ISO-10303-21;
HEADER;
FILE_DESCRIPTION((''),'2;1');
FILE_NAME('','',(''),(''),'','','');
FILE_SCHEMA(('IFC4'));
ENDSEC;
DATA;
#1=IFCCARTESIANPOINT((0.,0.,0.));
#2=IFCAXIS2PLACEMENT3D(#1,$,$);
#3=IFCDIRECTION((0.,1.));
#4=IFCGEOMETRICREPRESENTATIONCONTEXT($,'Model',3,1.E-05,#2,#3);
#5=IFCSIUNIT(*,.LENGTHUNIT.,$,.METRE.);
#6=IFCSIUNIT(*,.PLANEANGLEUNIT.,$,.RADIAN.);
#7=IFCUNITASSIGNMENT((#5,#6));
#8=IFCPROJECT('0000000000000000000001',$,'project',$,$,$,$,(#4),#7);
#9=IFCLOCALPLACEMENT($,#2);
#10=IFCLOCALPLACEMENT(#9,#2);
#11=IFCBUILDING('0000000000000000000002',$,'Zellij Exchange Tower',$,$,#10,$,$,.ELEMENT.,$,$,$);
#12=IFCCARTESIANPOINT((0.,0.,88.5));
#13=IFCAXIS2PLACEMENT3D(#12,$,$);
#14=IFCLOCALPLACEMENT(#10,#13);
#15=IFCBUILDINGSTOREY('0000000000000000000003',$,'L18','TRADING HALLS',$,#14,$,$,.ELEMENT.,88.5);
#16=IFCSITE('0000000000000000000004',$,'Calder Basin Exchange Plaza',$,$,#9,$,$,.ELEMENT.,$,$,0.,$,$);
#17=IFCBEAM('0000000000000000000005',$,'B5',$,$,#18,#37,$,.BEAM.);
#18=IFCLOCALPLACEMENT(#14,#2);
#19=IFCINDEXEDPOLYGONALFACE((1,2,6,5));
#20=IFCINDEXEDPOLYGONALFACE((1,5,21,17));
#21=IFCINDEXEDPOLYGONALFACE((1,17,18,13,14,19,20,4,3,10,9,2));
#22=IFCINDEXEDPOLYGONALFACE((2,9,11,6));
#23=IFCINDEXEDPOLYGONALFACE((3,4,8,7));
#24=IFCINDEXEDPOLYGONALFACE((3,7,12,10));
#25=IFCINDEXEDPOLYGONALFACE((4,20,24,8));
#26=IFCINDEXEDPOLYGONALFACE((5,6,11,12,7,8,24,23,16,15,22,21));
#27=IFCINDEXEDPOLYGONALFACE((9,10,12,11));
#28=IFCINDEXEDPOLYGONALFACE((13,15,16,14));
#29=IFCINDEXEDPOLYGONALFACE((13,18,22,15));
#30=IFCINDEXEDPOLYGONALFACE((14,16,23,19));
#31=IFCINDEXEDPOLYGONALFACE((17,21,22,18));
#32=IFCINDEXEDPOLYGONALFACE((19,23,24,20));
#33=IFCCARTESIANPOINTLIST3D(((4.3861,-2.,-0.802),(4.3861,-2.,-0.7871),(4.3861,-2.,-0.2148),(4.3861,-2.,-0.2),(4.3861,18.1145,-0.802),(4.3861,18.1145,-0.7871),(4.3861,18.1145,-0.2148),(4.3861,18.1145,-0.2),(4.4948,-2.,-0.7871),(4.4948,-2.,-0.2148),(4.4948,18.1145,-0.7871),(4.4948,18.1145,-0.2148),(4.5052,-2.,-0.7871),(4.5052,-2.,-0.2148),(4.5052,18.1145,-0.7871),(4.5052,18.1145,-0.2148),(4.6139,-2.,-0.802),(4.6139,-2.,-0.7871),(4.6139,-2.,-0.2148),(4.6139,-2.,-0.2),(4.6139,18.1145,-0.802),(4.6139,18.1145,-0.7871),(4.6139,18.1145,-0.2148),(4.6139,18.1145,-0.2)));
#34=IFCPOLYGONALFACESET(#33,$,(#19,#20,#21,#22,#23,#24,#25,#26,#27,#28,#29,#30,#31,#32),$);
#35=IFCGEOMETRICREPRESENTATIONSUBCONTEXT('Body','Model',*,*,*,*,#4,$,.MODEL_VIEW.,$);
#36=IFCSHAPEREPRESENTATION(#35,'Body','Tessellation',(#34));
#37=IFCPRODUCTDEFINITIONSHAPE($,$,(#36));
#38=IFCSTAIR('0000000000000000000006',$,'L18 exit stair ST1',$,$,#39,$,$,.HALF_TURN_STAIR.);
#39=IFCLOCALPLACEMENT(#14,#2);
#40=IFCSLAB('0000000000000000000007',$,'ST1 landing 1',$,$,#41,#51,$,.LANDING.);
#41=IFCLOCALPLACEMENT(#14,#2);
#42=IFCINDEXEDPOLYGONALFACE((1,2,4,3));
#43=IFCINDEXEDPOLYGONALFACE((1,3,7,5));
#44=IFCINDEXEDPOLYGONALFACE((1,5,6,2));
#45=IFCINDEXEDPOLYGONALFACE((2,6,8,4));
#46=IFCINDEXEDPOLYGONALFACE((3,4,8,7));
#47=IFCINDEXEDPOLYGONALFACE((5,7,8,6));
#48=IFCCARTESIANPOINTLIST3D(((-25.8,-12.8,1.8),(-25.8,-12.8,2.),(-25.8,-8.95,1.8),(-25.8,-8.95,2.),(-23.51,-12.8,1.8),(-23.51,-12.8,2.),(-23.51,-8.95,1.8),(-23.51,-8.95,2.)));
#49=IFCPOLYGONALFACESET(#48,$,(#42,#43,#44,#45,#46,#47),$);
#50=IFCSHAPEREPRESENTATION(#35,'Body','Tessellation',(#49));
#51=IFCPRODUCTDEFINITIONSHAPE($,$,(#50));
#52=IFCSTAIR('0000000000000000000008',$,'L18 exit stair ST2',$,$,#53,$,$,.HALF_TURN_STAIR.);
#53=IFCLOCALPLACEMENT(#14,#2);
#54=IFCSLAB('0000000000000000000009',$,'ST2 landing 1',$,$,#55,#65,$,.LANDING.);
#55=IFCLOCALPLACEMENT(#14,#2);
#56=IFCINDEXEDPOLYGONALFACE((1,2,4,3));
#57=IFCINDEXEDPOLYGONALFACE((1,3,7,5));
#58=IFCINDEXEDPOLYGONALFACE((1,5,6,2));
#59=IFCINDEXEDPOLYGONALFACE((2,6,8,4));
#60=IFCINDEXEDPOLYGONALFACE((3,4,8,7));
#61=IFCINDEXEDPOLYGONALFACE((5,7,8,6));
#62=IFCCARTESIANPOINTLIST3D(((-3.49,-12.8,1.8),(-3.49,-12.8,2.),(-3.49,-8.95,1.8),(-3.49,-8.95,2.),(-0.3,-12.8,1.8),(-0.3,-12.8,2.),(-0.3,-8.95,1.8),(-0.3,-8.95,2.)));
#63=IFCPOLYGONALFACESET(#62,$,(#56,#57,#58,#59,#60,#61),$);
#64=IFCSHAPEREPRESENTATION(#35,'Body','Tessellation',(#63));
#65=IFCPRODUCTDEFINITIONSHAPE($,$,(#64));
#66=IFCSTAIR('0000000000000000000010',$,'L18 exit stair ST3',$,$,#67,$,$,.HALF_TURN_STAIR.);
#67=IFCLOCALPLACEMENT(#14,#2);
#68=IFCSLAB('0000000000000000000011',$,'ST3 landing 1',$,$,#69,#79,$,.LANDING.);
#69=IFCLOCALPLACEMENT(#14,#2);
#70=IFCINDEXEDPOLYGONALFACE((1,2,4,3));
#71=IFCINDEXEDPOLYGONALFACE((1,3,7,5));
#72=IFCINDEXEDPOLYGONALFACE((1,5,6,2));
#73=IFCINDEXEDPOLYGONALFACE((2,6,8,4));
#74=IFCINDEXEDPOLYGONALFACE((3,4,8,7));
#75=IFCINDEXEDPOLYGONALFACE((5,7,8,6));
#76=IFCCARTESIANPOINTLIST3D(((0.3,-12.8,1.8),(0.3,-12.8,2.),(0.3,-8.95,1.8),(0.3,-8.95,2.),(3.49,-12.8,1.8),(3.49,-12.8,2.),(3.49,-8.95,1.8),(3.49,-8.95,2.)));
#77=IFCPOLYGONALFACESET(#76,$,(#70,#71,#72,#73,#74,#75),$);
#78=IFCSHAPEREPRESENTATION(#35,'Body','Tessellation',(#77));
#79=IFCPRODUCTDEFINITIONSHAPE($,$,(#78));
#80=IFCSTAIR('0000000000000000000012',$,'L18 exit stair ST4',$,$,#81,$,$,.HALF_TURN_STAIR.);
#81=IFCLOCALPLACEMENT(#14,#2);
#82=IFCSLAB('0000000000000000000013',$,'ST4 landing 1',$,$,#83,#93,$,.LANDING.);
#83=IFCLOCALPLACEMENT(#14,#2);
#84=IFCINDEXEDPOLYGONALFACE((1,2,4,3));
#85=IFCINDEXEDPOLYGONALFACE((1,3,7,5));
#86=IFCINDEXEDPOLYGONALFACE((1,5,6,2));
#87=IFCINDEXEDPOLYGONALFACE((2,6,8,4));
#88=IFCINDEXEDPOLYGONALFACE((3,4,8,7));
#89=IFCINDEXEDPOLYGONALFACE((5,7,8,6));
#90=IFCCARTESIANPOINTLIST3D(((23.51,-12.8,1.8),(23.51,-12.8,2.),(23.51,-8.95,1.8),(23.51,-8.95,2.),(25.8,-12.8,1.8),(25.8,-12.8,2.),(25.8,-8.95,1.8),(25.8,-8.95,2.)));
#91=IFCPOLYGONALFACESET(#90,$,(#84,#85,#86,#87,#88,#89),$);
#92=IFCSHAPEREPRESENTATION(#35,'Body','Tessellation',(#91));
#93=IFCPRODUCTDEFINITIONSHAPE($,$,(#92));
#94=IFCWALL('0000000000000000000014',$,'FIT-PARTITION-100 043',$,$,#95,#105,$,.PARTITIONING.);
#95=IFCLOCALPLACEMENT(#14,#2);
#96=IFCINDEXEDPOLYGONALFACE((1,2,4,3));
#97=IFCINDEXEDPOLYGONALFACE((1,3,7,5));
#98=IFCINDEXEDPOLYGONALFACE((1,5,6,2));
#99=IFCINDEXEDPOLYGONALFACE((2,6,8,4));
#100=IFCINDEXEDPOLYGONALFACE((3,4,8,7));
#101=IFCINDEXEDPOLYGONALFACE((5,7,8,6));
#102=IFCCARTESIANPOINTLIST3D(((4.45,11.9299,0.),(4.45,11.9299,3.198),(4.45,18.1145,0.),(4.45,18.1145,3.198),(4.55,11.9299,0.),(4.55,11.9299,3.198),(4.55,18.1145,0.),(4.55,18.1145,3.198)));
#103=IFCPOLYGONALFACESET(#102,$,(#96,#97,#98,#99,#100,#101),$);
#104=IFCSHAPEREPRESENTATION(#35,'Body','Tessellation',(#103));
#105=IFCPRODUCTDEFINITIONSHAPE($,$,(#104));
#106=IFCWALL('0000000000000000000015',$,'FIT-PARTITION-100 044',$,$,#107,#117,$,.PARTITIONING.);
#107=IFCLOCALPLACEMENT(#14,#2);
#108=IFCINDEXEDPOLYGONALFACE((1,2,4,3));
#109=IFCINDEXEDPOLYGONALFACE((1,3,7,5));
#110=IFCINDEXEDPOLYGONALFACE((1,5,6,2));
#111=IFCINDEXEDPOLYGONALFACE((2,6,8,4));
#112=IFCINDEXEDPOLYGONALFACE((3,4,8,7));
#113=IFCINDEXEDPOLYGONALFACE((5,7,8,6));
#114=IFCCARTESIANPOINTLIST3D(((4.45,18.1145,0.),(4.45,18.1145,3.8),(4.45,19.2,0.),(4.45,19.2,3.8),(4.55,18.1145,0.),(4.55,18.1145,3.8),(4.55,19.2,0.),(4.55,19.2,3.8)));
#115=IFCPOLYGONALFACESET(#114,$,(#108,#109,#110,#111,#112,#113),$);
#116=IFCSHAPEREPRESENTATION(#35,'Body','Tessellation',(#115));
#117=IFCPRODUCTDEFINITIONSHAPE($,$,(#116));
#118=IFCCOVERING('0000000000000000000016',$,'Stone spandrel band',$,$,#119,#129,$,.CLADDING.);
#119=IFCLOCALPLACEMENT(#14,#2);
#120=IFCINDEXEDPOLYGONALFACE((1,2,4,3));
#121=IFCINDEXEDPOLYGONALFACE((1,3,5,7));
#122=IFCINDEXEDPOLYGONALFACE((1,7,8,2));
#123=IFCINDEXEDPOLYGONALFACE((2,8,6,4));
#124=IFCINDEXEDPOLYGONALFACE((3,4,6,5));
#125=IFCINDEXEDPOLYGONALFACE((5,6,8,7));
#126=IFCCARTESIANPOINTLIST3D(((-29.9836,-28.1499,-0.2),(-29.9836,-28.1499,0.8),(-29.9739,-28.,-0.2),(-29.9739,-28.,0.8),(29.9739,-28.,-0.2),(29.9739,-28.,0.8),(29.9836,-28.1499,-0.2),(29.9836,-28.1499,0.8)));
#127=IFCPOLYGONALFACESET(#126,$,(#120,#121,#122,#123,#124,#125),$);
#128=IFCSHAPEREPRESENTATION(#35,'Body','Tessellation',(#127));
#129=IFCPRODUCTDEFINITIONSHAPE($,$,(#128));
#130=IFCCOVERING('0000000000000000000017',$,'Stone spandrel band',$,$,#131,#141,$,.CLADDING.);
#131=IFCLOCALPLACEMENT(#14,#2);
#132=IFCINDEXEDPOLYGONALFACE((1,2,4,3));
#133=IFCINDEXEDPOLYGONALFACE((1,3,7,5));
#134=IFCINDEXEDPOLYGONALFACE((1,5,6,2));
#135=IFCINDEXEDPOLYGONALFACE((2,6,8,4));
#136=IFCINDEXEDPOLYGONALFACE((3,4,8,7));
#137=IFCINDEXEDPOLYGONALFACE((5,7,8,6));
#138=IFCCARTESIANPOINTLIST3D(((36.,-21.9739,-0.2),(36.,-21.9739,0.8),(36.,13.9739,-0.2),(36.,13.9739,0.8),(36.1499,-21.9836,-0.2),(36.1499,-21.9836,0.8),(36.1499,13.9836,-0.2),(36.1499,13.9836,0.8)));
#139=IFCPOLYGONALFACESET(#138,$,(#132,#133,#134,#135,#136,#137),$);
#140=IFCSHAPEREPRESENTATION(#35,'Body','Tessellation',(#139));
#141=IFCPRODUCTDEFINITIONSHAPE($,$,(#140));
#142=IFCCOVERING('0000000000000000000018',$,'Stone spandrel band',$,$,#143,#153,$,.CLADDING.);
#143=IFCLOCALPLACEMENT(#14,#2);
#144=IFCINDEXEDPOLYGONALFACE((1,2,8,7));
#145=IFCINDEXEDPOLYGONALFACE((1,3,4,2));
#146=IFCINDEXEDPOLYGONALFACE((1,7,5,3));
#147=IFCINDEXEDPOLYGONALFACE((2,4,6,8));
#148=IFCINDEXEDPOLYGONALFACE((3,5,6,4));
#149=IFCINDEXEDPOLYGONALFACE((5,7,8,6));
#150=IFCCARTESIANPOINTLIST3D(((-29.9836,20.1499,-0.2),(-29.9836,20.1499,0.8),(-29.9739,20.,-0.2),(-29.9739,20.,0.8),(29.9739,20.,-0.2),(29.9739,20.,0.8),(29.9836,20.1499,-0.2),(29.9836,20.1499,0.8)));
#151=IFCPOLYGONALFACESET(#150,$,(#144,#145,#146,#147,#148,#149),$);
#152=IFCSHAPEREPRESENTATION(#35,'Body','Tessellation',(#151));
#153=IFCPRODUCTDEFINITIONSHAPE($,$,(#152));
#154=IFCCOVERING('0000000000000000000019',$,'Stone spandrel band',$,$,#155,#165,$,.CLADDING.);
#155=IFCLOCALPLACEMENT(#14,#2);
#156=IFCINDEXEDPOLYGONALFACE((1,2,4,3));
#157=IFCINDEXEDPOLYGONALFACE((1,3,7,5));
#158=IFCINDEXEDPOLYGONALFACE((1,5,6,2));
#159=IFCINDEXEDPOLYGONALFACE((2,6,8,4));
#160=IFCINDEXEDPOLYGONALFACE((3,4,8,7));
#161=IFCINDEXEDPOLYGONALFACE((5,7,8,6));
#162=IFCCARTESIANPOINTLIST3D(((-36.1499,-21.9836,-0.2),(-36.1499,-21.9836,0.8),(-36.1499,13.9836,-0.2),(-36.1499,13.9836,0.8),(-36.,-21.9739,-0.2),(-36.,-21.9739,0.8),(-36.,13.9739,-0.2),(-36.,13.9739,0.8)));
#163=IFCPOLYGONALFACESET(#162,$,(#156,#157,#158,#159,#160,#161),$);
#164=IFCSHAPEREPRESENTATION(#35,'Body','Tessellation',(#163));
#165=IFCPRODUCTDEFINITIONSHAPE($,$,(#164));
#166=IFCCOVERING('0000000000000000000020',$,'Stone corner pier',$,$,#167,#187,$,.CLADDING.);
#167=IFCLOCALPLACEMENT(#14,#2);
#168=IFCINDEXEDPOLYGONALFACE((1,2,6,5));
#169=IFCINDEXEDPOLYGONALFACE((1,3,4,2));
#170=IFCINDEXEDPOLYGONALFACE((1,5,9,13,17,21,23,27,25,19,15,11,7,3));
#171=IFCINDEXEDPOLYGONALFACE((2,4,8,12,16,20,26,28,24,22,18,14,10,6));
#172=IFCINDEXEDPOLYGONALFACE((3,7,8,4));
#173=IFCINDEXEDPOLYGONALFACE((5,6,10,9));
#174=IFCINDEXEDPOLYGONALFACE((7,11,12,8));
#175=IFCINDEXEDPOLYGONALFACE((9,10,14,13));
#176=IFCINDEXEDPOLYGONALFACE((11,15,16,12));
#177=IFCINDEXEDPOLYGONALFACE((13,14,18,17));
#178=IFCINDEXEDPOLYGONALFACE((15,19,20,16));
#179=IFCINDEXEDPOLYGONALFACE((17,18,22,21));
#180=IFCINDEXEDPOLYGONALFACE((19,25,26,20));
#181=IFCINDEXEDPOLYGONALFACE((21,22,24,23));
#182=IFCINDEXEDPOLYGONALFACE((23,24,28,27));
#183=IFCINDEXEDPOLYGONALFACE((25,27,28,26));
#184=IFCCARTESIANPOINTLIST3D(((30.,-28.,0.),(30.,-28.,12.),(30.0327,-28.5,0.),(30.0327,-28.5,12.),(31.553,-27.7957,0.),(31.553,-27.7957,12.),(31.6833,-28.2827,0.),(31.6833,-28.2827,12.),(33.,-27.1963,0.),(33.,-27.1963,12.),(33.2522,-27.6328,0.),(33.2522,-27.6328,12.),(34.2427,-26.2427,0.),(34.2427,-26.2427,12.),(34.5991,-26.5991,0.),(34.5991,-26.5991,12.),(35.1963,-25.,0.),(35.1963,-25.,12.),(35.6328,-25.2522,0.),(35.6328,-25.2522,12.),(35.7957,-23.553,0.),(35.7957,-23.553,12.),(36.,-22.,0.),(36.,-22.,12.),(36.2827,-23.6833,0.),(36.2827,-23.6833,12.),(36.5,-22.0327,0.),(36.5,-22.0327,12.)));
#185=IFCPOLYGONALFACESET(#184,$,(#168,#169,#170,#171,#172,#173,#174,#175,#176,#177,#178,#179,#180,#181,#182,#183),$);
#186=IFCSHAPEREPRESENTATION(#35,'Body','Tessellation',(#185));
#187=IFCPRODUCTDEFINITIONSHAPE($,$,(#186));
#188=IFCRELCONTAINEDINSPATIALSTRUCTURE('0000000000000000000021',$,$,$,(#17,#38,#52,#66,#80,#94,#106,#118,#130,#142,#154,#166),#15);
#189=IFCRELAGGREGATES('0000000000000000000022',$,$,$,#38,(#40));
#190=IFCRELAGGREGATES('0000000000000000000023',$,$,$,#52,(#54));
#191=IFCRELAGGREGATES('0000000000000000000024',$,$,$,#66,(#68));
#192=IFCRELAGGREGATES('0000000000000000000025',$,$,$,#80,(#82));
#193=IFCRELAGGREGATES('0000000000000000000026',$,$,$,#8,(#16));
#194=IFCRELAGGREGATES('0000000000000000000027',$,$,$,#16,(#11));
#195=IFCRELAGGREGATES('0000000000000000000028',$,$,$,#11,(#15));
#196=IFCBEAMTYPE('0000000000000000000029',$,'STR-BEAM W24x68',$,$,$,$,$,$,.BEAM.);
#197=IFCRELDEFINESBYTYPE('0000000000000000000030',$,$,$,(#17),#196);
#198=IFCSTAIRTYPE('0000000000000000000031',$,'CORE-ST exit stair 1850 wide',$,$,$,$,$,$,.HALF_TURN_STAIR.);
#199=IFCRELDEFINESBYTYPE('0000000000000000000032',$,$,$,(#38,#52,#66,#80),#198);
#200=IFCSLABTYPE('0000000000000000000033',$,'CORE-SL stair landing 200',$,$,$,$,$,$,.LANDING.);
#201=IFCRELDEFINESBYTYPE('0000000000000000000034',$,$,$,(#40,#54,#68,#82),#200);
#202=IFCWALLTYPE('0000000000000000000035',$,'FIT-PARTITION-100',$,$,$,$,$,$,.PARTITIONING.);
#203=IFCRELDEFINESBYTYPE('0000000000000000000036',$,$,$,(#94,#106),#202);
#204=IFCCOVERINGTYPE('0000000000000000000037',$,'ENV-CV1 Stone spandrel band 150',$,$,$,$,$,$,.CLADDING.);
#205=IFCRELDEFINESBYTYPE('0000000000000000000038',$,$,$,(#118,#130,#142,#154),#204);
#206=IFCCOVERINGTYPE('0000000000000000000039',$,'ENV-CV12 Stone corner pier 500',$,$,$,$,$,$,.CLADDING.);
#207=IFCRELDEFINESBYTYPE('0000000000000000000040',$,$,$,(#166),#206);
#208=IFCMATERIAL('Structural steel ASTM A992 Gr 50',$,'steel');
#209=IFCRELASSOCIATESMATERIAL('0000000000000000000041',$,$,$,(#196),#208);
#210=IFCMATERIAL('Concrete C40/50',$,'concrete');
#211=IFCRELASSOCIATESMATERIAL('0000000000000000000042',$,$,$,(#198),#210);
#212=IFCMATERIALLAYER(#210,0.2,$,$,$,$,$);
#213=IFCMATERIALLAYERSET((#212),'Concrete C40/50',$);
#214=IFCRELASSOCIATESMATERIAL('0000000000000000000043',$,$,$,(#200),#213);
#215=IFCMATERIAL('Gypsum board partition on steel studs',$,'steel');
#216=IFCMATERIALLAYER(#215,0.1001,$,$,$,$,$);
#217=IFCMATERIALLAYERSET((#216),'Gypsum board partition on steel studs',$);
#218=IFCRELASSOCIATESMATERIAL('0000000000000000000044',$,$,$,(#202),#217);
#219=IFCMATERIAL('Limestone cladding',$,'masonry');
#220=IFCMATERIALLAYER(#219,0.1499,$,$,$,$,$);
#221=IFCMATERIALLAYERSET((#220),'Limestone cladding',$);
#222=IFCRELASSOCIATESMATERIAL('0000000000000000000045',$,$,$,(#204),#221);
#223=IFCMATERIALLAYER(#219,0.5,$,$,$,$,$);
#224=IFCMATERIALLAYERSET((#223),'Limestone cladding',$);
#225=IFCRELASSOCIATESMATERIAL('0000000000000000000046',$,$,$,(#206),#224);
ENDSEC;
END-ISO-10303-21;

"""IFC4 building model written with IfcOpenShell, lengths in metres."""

from ifc_helpers import new_model, si_unit, direction, frame, frame_2d, origin, origin_2d, place, context, subcontext, project, spatial, polyline, rectangle, i_section, outline, extrude, material, layer, layer_set, material_profile, profile_set, type_object, element, aggregate, save


model = new_model("IFC4")

# Units and contexts
model_context = context("Model", 3, precision=1e-05, world=origin(), true_north=direction((0.0, 1.0)))
body_context = subcontext(model_context, "Body", "Model", "MODEL_VIEW")
ifc_project = project(units=[si_unit("LENGTHUNIT", "METRE"), si_unit("PLANEANGLEUNIT", "RADIAN")], contexts=[model_context])

# Site, building, storey
site_placement = place(None, origin())
site = spatial("IfcSite", under=ifc_project, at=site_placement, Name="Calder Basin Exchange Plaza", CompositionType="ELEMENT", RefElevation=0.0)
building_placement = place(site_placement, origin())
building = spatial("IfcBuilding", under=site, at=building_placement, Name="Zellij Exchange Tower", CompositionType="ELEMENT")
storey_placement = place(building_placement, frame((0.0, 0.0, 88.5)))
storey = spatial("IfcBuildingStorey", under=building, at=storey_placement, Name="L18", Description="TRADING HALLS", CompositionType="ELEMENT", Elevation=88.5)

# Beam
ifc_material_1 = material(Name="Structural steel ASTM A992 Gr 50", Category="steel")
ifc_material_profile = material_profile(ifc_material_1, i_section(OverallWidth=0.2278, OverallDepth=0.6021, WebThickness=0.0105, FlangeThickness=0.0149, at=origin_2d()), Name="W24x68")
ifc_profile_set = profile_set([ifc_material_profile], Name="Structural steel ASTM A992 Gr 50")
beam_type = type_object("IfcBeamType", Name="STR-BEAM W24x68", PredefinedType="BEAM", material=ifc_profile_set)
beam_placement = place(storey_placement, frame((4.5, -2.0, -0.501), z_axis=(0.0, 1.0, 0.0), x_axis=(-1.0, 0.0, 0.0)))
element("IfcBeam", 1, at=beam_placement, inside=storey, type_object=beam_type, Name="B5", PredefinedType="BEAM", context=body_context, shape_type="SweptSolid", body=[
    extrude(i_section(OverallWidth=0.2278, OverallDepth=0.6021, WebThickness=0.0105, FlangeThickness=0.0149, at=origin_2d()), origin(), (0.0, 0.0, 1.0), 20.1145),
])

# Stairs, slabs
ifc_material_2 = material(Name="Concrete C40/50", Category="concrete")
stair_type = type_object("IfcStairType", Name="CORE-ST exit stair 1850 wide", PredefinedType="HALF_TURN_STAIR", material=ifc_material_2)
stair_1_placement = place(storey_placement, origin())
stair_1 = element("IfcStair", 2, at=stair_1_placement, inside=storey, type_object=stair_type, Name="L18 exit stair ST1", PredefinedType="HALF_TURN_STAIR")
ifc_layer_1 = layer(ifc_material_2, 0.2)
ifc_layer_set_1 = layer_set([ifc_layer_1], Name="Concrete C40/50")
slab_type = type_object("IfcSlabType", Name="CORE-SL stair landing 200", PredefinedType="LANDING", material=ifc_layer_set_1)
slab_1_placement = place(storey_placement, frame((0.0, 0.0, 1.8)))
slab_1 = element("IfcSlab", 3, at=slab_1_placement, type_object=slab_type, Name="ST1 landing 1", PredefinedType="LANDING", context=body_context, shape_type="SweptSolid", body=[
    extrude(outline(polyline([(-23.51, -8.95), (-25.8, -8.95), (-25.8, -12.8), (-23.51, -12.8), (-23.51, -8.95)])), origin(), (0.0, 0.0, 1.0), 0.2),
])
aggregate(stair_1, [slab_1])
stair_2_placement = place(storey_placement, origin())
stair_2 = element("IfcStair", 4, at=stair_2_placement, inside=storey, type_object=stair_type, Name="L18 exit stair ST2", PredefinedType="HALF_TURN_STAIR")
slab_2_placement = place(storey_placement, frame((0.0, 0.0, 1.8)))
slab_2 = element("IfcSlab", 5, at=slab_2_placement, type_object=slab_type, Name="ST2 landing 1", PredefinedType="LANDING", context=body_context, shape_type="SweptSolid", body=[
    extrude(outline(polyline([(-3.49, -12.8), (-0.3, -12.8), (-0.3, -8.95), (-3.49, -8.95), (-3.49, -12.8)])), origin(), (0.0, 0.0, 1.0), 0.2),
])
aggregate(stair_2, [slab_2])
stair_3_placement = place(storey_placement, origin())
stair_3 = element("IfcStair", 6, at=stair_3_placement, inside=storey, type_object=stair_type, Name="L18 exit stair ST3", PredefinedType="HALF_TURN_STAIR")
slab_3_placement = place(storey_placement, frame((0.0, 0.0, 1.8)))
slab_3 = element("IfcSlab", 7, at=slab_3_placement, type_object=slab_type, Name="ST3 landing 1", PredefinedType="LANDING", context=body_context, shape_type="SweptSolid", body=[
    extrude(outline(polyline([(3.49, -8.95), (0.3, -8.95), (0.3, -12.8), (3.49, -12.8), (3.49, -8.95)])), origin(), (0.0, 0.0, 1.0), 0.2),
])
aggregate(stair_3, [slab_3])
stair_4_placement = place(storey_placement, origin())
stair_4 = element("IfcStair", 8, at=stair_4_placement, inside=storey, type_object=stair_type, Name="L18 exit stair ST4", PredefinedType="HALF_TURN_STAIR")
slab_4_placement = place(storey_placement, frame((0.0, 0.0, 1.8)))
slab_4 = element("IfcSlab", 9, at=slab_4_placement, type_object=slab_type, Name="ST4 landing 1", PredefinedType="LANDING", context=body_context, shape_type="SweptSolid", body=[
    extrude(outline(polyline([(23.51, -12.8), (25.8, -12.8), (25.8, -8.95), (23.51, -8.95), (23.51, -12.8)])), origin(), (0.0, 0.0, 1.0), 0.2),
])
aggregate(stair_4, [slab_4])

# Walls
ifc_material_3 = material(Name="Gypsum board partition on steel studs", Category="steel")
ifc_layer_2 = layer(ifc_material_3, 0.1001)
ifc_layer_set_2 = layer_set([ifc_layer_2], Name="Gypsum board partition on steel studs")
wall_type = type_object("IfcWallType", Name="FIT-PARTITION-100", PredefinedType="PARTITIONING", material=ifc_layer_set_2)
wall_1_placement = place(storey_placement, frame((4.5, 11.9299, 0.0), z_axis=(0.0, 0.0, 1.0), x_axis=(0.0, 1.0, 0.0)))
element("IfcWall", 10, at=wall_1_placement, inside=storey, type_object=wall_type, Name="FIT-PARTITION-100 043", PredefinedType="PARTITIONING", context=body_context, shape_type="SweptSolid", body=[
    extrude(rectangle(XDim=6.1846, YDim=0.1001, at=frame_2d((3.0923, 0.0))), origin(), (0.0, 0.0, 1.0), 3.198),
])
wall_2_placement = place(storey_placement, frame((4.5, 18.1145, 0.0), z_axis=(0.0, 0.0, 1.0), x_axis=(0.0, 1.0, 0.0)))
element("IfcWall", 11, at=wall_2_placement, inside=storey, type_object=wall_type, Name="FIT-PARTITION-100 044", PredefinedType="PARTITIONING", context=body_context, shape_type="SweptSolid", body=[
    extrude(rectangle(XDim=1.0854, YDim=0.1001, at=frame_2d((0.5427, 0.0))), origin(), (0.0, 0.0, 1.0), 3.8),
])

# Coverings
ifc_material_4 = material(Name="Limestone cladding", Category="masonry")
ifc_layer_3 = layer(ifc_material_4, 0.1499)
ifc_layer_set_3 = layer_set([ifc_layer_3], Name="Limestone cladding")
covering_type_1 = type_object("IfcCoveringType", Name="ENV-CV1 Stone spandrel band 150", PredefinedType="CLADDING", material=ifc_layer_set_3)
covering_1_placement = place(storey_placement, frame((0.0, 0.0, -0.2)))
element("IfcCovering", 12, at=covering_1_placement, inside=storey, type_object=covering_type_1, Name="Stone spandrel band", PredefinedType="CLADDING", context=body_context, shape_type="SweptSolid", body=[
    extrude(outline(polyline([(-29.9739, -28.0), (29.9739, -28.0), (29.9836, -28.1499), (-29.9836, -28.1499), (-29.9739, -28.0)])), origin(), (0.0, 0.0, 1.0), 1.0),
])
covering_2_placement = place(storey_placement, frame((0.0, 0.0, -0.2)))
element("IfcCovering", 13, at=covering_2_placement, inside=storey, type_object=covering_type_1, Name="Stone spandrel band", PredefinedType="CLADDING", context=body_context, shape_type="SweptSolid", body=[
    extrude(outline(polyline([(36.0, -21.9739), (36.0, 13.9739), (36.1499, 13.9836), (36.1499, -21.9836), (36.0, -21.9739)])), origin(), (0.0, 0.0, 1.0), 1.0),
])
covering_3_placement = place(storey_placement, frame((0.0, 0.0, -0.2)))
element("IfcCovering", 14, at=covering_3_placement, inside=storey, type_object=covering_type_1, Name="Stone spandrel band", PredefinedType="CLADDING", context=body_context, shape_type="SweptSolid", body=[
    extrude(outline(polyline([(29.9739, 20.0), (-29.9739, 20.0), (-29.9836, 20.1499), (29.9836, 20.1499), (29.9739, 20.0)])), origin(), (0.0, 0.0, 1.0), 1.0),
])
covering_4_placement = place(storey_placement, frame((0.0, 0.0, -0.2)))
element("IfcCovering", 15, at=covering_4_placement, inside=storey, type_object=covering_type_1, Name="Stone spandrel band", PredefinedType="CLADDING", context=body_context, shape_type="SweptSolid", body=[
    extrude(outline(polyline([(-36.0, 13.9739), (-36.0, -21.9739), (-36.1499, -21.9836), (-36.1499, 13.9836), (-36.0, 13.9739)])), origin(), (0.0, 0.0, 1.0), 1.0),
])
ifc_layer_4 = layer(ifc_material_4, 0.5)
ifc_layer_set_4 = layer_set([ifc_layer_4], Name="Limestone cladding")
covering_type_2 = type_object("IfcCoveringType", Name="ENV-CV12 Stone corner pier 500", PredefinedType="CLADDING", material=ifc_layer_set_4)
covering_5_placement = place(storey_placement, origin())
element("IfcCovering", 16, at=covering_5_placement, inside=storey, type_object=covering_type_2, Name="Stone corner pier", PredefinedType="CLADDING", context=body_context, shape_type="SweptSolid", body=[
    extrude(outline(polyline([(30.0, -28.0), (31.553, -27.7957), (33.0, -27.1963), (34.2427, -26.2427), (35.1963, -25.0), (35.7957, -23.553), (36.0, -22.0), (36.5, -22.0327), (36.2827, -23.6833), (35.6328, -25.2522), (34.5991, -26.5991), (33.2522, -27.6328), (31.6833, -28.2827), (30.0327, -28.5), (30.0, -28.0)])), origin(), (0.0, 0.0, 1.0), 12.0),
])

save(model, "model.ifc")
